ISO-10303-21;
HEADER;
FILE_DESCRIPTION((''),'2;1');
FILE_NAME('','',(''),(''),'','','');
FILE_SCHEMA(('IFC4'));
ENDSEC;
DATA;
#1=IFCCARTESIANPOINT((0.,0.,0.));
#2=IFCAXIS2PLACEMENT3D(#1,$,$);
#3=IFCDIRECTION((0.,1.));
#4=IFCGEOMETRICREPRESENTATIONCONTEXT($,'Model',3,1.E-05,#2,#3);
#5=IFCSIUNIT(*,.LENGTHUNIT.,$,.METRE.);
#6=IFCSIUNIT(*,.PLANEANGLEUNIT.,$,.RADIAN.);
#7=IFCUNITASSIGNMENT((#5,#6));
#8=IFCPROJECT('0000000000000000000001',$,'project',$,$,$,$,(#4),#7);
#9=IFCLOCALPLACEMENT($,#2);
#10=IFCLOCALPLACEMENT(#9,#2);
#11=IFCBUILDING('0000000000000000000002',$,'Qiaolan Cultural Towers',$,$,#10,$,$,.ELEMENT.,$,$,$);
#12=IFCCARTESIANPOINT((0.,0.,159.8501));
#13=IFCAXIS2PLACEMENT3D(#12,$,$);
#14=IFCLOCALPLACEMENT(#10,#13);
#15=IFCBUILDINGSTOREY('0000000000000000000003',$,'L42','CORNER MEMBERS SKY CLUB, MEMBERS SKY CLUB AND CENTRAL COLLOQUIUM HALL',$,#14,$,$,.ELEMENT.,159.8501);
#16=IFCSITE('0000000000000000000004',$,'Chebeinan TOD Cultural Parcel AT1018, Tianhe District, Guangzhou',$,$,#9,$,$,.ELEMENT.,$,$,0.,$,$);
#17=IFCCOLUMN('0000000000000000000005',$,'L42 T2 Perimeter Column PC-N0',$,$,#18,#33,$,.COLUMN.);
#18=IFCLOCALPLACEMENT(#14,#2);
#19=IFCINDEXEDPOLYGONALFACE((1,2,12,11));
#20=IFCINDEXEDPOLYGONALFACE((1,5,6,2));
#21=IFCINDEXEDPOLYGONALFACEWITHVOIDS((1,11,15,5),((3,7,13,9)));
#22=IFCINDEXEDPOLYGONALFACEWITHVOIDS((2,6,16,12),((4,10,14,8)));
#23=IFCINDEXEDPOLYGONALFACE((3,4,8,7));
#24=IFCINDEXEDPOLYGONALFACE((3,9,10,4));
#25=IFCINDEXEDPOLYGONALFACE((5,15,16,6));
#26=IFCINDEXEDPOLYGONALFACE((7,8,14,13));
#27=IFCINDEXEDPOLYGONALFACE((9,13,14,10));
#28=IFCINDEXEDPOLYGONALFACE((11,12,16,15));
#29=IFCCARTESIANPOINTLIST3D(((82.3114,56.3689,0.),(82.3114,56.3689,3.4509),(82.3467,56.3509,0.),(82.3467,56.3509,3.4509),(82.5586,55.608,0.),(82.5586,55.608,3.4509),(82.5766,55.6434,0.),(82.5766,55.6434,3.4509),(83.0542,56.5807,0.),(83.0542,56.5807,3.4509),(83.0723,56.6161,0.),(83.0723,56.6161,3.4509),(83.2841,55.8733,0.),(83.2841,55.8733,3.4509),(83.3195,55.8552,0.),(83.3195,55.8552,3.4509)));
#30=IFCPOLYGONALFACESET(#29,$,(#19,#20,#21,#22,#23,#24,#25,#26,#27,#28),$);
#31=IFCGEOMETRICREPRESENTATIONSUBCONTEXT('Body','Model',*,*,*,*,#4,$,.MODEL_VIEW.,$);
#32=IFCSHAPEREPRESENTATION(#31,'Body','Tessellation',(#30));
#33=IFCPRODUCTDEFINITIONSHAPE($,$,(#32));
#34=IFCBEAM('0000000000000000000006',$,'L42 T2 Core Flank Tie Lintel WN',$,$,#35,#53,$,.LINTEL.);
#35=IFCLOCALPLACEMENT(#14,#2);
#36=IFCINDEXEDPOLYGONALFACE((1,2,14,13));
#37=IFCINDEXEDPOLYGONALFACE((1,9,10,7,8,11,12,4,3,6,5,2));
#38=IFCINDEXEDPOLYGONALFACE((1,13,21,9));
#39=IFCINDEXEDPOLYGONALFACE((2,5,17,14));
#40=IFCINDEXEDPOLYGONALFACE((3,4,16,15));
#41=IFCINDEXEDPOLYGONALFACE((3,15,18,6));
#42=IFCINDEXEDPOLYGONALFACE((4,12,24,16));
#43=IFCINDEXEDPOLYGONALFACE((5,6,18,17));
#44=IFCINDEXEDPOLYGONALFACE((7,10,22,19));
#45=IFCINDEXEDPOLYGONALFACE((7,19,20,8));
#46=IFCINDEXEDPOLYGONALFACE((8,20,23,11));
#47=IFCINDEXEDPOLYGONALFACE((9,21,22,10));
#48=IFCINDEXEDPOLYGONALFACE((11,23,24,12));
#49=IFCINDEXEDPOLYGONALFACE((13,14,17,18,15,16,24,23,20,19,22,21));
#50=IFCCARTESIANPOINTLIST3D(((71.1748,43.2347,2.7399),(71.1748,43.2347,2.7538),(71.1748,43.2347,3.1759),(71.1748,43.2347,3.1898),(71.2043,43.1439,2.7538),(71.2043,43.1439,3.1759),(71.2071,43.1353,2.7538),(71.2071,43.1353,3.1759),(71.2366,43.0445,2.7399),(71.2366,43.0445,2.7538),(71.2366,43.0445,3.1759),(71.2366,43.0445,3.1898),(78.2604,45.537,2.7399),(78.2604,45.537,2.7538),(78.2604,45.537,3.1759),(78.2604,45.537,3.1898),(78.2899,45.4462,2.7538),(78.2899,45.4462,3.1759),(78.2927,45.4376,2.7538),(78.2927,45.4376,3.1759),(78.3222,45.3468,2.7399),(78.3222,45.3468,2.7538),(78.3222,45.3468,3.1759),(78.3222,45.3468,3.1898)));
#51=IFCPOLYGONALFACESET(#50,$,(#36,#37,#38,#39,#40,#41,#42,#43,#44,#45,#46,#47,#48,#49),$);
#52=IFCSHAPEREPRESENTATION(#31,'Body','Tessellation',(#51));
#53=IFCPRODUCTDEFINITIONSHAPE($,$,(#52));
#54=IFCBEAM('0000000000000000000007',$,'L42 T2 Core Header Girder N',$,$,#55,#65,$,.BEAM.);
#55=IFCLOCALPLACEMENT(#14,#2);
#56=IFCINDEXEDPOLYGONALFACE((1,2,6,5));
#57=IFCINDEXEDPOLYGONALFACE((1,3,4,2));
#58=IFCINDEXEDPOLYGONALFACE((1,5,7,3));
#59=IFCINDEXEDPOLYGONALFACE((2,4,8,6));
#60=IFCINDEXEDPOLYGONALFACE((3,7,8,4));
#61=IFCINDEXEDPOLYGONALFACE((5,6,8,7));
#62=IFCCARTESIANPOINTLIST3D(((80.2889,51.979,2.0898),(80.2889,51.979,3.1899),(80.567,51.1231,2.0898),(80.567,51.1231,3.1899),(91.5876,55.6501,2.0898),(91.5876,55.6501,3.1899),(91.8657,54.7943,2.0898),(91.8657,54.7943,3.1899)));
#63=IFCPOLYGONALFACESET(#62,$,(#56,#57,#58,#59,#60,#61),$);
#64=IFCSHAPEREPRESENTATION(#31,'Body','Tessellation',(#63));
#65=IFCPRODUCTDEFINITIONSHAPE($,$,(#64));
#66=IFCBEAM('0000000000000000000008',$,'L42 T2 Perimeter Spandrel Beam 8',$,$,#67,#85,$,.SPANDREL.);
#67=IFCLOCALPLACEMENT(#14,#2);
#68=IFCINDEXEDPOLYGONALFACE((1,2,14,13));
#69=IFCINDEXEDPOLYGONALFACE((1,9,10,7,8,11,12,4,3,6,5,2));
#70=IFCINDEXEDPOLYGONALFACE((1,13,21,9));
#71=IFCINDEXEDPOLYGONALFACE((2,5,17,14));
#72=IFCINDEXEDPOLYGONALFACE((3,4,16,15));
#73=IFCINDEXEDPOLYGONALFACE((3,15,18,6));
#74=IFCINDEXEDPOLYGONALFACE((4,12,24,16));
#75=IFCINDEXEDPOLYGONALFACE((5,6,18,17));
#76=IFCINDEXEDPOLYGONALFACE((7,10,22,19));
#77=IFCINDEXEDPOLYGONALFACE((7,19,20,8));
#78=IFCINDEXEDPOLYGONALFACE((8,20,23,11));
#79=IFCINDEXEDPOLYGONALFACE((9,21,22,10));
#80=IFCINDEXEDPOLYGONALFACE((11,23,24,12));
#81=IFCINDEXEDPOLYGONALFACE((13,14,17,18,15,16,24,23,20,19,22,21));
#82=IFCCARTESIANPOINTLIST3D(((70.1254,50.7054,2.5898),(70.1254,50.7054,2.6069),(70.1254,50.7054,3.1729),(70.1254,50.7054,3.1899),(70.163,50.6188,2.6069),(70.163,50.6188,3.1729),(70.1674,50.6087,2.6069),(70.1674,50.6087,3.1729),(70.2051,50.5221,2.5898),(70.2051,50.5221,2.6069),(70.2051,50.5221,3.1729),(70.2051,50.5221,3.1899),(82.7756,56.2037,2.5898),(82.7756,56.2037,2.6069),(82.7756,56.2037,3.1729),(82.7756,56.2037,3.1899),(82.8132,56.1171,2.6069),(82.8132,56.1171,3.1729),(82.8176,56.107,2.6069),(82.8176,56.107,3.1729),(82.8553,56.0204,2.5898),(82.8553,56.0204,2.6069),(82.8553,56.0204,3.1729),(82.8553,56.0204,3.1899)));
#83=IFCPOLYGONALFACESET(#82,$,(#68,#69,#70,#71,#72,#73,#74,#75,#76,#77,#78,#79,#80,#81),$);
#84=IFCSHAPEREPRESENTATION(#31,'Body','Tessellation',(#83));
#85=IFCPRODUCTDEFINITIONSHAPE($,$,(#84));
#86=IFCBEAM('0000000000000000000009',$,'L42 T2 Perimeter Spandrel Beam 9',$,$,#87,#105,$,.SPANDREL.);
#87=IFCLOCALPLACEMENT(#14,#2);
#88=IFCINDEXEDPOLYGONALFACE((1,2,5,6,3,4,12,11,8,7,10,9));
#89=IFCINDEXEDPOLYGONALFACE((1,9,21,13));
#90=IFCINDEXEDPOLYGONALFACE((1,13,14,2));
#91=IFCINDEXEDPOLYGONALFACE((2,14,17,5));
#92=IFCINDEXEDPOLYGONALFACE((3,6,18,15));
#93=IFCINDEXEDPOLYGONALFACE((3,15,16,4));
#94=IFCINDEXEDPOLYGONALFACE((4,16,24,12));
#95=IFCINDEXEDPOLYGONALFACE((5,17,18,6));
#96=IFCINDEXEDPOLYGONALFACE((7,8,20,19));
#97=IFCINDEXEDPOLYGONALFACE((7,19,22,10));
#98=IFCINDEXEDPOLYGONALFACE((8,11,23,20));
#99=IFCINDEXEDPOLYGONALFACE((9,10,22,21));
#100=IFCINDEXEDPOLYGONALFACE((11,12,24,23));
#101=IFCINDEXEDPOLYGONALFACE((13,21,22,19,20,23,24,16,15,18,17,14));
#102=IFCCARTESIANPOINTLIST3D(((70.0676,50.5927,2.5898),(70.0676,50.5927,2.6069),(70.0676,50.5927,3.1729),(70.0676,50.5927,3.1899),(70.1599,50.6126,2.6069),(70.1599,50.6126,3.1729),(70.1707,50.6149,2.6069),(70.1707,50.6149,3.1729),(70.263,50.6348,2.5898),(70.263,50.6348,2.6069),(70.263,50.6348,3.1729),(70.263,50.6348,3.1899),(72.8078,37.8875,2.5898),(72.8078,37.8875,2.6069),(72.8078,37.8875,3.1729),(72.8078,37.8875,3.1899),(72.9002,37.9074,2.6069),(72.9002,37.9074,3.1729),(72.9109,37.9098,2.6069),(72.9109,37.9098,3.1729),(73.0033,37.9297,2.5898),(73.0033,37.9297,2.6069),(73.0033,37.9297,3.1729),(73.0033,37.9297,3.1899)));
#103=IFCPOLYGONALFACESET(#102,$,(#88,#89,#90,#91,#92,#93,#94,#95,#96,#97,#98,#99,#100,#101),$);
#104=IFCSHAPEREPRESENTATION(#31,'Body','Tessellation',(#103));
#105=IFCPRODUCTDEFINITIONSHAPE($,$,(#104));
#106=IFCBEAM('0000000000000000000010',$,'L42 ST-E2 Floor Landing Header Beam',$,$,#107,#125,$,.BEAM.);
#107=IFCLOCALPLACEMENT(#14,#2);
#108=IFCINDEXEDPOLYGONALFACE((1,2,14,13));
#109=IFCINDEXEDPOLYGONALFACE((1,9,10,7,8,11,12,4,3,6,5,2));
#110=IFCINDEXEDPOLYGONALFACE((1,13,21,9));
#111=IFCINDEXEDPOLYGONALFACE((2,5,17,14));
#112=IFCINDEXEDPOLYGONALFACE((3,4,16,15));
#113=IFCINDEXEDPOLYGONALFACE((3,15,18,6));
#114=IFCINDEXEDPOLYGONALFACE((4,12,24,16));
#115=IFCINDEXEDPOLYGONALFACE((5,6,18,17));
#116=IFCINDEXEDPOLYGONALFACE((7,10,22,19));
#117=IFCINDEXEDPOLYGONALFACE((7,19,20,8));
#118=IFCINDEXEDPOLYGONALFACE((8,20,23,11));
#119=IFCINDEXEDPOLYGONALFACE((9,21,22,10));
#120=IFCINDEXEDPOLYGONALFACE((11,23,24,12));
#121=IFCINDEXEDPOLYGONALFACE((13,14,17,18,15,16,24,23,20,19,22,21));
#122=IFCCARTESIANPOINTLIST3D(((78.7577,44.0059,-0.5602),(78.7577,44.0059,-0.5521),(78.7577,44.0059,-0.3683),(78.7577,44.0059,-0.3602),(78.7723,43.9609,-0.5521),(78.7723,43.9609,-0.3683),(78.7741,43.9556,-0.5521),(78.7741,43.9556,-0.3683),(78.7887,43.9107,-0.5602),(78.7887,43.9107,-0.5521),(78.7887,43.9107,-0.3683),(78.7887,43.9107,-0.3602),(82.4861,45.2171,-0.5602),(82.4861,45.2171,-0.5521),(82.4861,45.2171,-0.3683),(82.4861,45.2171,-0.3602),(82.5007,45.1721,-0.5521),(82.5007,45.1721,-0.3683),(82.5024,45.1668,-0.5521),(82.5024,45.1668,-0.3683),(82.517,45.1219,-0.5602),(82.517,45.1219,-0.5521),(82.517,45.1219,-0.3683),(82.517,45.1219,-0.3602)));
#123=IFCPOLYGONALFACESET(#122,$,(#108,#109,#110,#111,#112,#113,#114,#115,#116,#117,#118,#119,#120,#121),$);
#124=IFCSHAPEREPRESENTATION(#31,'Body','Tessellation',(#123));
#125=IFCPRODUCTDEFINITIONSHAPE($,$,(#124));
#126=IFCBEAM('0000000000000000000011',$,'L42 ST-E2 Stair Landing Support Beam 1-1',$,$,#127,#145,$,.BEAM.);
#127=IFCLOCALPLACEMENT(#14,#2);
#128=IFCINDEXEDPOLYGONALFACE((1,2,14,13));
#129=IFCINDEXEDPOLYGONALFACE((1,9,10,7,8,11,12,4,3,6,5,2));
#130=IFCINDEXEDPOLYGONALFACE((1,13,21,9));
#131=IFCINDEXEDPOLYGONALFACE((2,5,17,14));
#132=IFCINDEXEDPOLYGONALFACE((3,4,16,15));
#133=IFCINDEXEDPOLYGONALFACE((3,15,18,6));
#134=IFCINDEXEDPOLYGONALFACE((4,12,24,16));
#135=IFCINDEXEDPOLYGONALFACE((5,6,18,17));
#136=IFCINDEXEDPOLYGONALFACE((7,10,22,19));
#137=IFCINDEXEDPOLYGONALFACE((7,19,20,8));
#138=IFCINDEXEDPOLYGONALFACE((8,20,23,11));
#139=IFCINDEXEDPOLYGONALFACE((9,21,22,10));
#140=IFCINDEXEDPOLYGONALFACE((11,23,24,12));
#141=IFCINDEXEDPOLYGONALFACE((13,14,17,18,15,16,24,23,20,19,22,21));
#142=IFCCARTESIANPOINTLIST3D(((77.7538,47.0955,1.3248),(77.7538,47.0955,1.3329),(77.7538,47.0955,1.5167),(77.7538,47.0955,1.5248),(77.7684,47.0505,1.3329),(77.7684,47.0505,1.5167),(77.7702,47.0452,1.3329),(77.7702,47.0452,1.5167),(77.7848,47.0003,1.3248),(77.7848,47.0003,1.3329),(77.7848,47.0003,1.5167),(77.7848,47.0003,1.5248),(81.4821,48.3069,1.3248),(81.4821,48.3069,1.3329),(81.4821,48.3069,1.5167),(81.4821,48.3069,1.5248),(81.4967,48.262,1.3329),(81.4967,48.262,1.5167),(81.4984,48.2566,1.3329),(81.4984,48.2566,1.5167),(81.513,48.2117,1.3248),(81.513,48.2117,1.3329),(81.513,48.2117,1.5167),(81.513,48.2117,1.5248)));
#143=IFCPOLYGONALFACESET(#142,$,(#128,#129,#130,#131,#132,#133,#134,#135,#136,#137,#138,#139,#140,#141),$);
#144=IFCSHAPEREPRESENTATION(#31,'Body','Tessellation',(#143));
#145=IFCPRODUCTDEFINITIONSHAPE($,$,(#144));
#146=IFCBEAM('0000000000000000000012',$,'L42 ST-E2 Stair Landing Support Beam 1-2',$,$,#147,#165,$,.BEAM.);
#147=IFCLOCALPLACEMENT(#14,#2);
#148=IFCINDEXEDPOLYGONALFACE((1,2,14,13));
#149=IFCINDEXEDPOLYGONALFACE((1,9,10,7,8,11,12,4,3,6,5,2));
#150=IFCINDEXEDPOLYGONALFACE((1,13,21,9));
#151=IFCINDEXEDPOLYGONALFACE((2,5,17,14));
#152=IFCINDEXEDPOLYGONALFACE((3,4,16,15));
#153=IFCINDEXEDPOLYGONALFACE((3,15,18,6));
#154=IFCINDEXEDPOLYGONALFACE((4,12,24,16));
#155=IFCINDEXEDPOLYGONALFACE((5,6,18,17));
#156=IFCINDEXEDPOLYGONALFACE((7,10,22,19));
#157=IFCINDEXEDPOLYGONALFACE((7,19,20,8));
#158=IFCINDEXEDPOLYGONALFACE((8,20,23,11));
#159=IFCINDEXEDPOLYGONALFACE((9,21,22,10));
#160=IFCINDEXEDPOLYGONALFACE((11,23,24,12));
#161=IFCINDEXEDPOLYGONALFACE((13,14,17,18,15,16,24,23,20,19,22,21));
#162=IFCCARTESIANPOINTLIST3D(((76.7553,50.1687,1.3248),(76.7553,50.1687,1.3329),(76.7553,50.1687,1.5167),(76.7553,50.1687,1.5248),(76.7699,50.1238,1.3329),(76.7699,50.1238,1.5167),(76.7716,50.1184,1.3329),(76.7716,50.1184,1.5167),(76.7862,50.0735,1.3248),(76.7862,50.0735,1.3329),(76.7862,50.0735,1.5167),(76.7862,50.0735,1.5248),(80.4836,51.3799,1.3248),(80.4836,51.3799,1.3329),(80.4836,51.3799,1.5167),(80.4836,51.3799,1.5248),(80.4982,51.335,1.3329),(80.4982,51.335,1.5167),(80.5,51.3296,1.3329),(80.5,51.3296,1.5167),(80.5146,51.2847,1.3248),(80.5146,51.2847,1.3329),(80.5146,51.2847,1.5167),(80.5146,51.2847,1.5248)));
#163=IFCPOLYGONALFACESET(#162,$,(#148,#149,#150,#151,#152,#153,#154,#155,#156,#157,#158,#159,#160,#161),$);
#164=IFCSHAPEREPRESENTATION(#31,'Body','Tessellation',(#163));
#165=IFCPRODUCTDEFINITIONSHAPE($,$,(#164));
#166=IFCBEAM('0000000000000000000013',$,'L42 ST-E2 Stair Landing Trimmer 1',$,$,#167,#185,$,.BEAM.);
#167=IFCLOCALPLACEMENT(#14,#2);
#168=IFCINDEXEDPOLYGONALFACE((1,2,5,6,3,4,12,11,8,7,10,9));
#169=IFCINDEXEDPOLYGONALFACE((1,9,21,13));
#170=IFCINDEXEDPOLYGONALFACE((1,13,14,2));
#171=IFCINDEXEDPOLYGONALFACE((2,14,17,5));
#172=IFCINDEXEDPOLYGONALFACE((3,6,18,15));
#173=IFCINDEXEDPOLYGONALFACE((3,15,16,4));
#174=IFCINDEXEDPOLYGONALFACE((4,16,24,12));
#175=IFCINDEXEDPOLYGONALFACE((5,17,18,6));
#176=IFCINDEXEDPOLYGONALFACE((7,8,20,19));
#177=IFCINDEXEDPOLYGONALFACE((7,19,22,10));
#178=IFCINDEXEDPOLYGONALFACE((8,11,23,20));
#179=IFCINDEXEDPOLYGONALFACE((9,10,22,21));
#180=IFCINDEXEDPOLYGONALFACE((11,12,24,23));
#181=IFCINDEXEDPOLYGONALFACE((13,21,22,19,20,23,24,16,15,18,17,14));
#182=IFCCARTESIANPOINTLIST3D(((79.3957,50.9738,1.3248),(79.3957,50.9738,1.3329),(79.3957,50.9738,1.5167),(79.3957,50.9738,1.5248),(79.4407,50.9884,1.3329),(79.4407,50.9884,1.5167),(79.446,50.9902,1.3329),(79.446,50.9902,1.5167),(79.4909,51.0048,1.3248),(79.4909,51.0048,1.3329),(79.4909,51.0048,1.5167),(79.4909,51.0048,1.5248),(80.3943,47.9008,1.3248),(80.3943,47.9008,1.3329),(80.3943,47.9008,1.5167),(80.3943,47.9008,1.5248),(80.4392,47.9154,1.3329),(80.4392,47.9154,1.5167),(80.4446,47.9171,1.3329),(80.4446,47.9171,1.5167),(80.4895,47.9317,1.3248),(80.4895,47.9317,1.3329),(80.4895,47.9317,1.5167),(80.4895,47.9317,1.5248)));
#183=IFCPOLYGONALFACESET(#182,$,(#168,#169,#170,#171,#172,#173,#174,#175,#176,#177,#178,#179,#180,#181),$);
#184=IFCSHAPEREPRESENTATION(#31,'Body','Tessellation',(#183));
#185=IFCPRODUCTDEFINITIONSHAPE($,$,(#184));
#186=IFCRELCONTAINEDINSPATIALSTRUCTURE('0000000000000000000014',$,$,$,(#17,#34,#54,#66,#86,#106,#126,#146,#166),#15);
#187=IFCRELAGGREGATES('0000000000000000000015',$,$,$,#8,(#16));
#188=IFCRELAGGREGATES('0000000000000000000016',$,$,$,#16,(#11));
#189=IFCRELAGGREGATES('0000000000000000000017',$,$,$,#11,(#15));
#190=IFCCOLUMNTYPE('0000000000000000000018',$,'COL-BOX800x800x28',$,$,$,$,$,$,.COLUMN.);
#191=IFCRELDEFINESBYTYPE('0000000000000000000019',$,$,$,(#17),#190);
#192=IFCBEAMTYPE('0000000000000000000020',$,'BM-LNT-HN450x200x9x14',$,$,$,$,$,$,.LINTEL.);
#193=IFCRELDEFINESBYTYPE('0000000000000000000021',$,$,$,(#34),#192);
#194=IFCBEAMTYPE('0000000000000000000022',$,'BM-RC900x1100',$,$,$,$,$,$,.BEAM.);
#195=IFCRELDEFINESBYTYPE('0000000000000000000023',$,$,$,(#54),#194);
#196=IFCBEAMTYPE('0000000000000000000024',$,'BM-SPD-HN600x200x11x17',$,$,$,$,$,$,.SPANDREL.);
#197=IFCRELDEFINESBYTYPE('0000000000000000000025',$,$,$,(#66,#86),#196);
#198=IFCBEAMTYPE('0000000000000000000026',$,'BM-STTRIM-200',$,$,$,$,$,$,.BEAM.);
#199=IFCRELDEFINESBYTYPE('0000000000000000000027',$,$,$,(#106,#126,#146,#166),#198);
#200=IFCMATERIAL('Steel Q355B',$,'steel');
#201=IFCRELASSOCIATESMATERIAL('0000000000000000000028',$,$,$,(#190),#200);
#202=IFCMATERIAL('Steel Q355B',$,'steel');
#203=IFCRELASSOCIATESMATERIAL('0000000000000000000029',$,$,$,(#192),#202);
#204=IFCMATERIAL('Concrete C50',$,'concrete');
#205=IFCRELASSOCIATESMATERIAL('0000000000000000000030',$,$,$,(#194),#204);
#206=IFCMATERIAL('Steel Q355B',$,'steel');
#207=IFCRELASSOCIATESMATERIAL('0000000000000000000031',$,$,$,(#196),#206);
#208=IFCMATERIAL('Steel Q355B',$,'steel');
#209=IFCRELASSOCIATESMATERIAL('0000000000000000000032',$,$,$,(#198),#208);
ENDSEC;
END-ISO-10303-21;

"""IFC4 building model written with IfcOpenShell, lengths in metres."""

from ifc_helpers import new_model, si_unit, direction, frame, origin, origin_2d, place, context, subcontext, project, spatial, rectangle, hollow_rectangle, i_section, extrude, material, material_profile, profile_set, type_object, element, save


model = new_model("IFC4")

# Units and contexts
model_context = context("Model", 3, precision=1e-05, world=origin(), true_north=direction((0.0, 1.0)))
body_context = subcontext(model_context, "Body", "Model", "MODEL_VIEW")
ifc_project = project(units=[si_unit("LENGTHUNIT", "METRE"), si_unit("PLANEANGLEUNIT", "RADIAN")], contexts=[model_context])

# Site, building, storey
site_placement = place(None, origin())
site = spatial("IfcSite", under=ifc_project, at=site_placement, Name="Chebeinan TOD Cultural Parcel AT1018, Tianhe District, Guangzhou", CompositionType="ELEMENT", RefElevation=0.0)
building_placement = place(site_placement, origin())
building = spatial("IfcBuilding", under=site, at=building_placement, Name="Qiaolan Cultural Towers", CompositionType="ELEMENT")
storey_placement = place(building_placement, frame((0.0, 0.0, 159.8501)))
storey = spatial("IfcBuildingStorey", under=building, at=storey_placement, Name="L42", Description="CORNER MEMBERS SKY CLUB, MEMBERS SKY CLUB AND CENTRAL COLLOQUIUM HALL", CompositionType="ELEMENT", Elevation=159.8501)

# Column
ifc_material_1 = material(Name="Steel Q355B", Category="steel")
ifc_material_profile_1 = material_profile(ifc_material_1, hollow_rectangle(XDim=0.8, YDim=0.8, WallThickness=0.0281, at=origin_2d()), Name="BOX800x800x28")
ifc_profile_set_1 = profile_set([ifc_material_profile_1], Name="Steel Q355B")
column_type = type_object("IfcColumnType", Name="COL-BOX800x800x28", PredefinedType="COLUMN", material=ifc_profile_set_1)
column_placement = place(storey_placement, frame((82.8154, 56.1121, 0.0), z_axis=(0.0, 0.0, 1.0), x_axis=(0.951057, 0.309017, 0.0)))
element("IfcColumn", 1, at=column_placement, inside=storey, type_object=column_type, Name="L42 T2 Perimeter Column PC-N0", PredefinedType="COLUMN", context=body_context, shape_type="SweptSolid", body=[
    extrude(hollow_rectangle(XDim=0.8, YDim=0.8, WallThickness=0.0281, at=origin_2d()), origin(), (0.0, 0.0, 1.0), 3.4509),
])

# Beams
ifc_material_2 = material(Name="Steel Q355B", Category="steel")
ifc_material_profile_2 = material_profile(ifc_material_2, i_section(OverallWidth=0.2, OverallDepth=0.45, WebThickness=0.009, FlangeThickness=0.0139, at=origin_2d()), Name="HN450x200x9x14")
ifc_profile_set_2 = profile_set([ifc_material_profile_2], Name="Steel Q355B")
beam_type_1 = type_object("IfcBeamType", Name="BM-LNT-HN450x200x9x14", PredefinedType="LINTEL", material=ifc_profile_set_2)
beam_1_placement = place(storey_placement, frame((78.2913, 45.4419, 2.9648), z_axis=(-0.951055, -0.309022, 0.0), x_axis=(0.309022, -0.951055, 0.0)))
element("IfcBeam", 2, at=beam_1_placement, inside=storey, type_object=beam_type_1, Name="L42 T2 Core Flank Tie Lintel WN", PredefinedType="LINTEL", context=body_context, shape_type="SweptSolid", body=[
    extrude(i_section(OverallWidth=0.2, OverallDepth=0.45, WebThickness=0.009, FlangeThickness=0.0139, at=origin_2d()), origin(), (0.0, 0.0, 1.0), 7.4502),
])
ifc_material_3 = material(Name="Concrete C50", Category="concrete")
ifc_material_profile_3 = material_profile(ifc_material_3, rectangle(XDim=0.8999, YDim=1.1001, at=origin_2d()), Name="RC900x1100")
ifc_profile_set_3 = profile_set([ifc_material_profile_3], Name="Concrete C50")
beam_type_2 = type_object("IfcBeamType", Name="BM-RC900x1100", PredefinedType="BEAM", material=ifc_profile_set_3)
beam_2_placement = place(storey_placement, frame((80.428, 51.551, 2.6399), z_axis=(0.951056, 0.309018, 0.0), x_axis=(-0.309018, 0.951056, 0.0)))
element("IfcBeam", 3, at=beam_2_placement, inside=storey, type_object=beam_type_2, Name="L42 T2 Core Header Girder N", PredefinedType="BEAM", context=body_context, shape_type="SweptSolid", body=[
    extrude(rectangle(XDim=0.8999, YDim=1.1001, at=origin_2d()), origin(), (0.0, 0.0, 1.0), 11.8801),
])
ifc_material_4 = material(Name="Steel Q355B", Category="steel")
ifc_material_profile_4 = material_profile(ifc_material_4, i_section(OverallWidth=0.2, OverallDepth=0.6001, WebThickness=0.011, FlangeThickness=0.0171, at=origin_2d()), Name="HN600x200x11x17")
ifc_profile_set_4 = profile_set([ifc_material_profile_4], Name="Steel Q355B")
beam_type_3 = type_object("IfcBeamType", Name="BM-SPD-HN600x200x11x17", PredefinedType="SPANDREL", material=ifc_profile_set_4)
beam_3_placement = place(storey_placement, frame((82.8154, 56.1121, 2.8899), z_axis=(-0.917117, -0.398618, 0.0), x_axis=(0.398618, -0.917117, 0.0)))
element("IfcBeam", 4, at=beam_3_placement, inside=storey, type_object=beam_type_3, Name="L42 T2 Perimeter Spandrel Beam 8", PredefinedType="SPANDREL", context=body_context, shape_type="SweptSolid", body=[
    extrude(i_section(OverallWidth=0.2, OverallDepth=0.6001, WebThickness=0.011, FlangeThickness=0.0171, at=origin_2d()), origin(), (0.0, 0.0, 1.0), 13.7935),
])
beam_4_placement = place(storey_placement, frame((70.1653, 50.6138, 2.8899), z_axis=(0.210832, -0.977522, 0.0), x_axis=(0.977522, 0.210832, 0.0)))
element("IfcBeam", 5, at=beam_4_placement, inside=storey, type_object=beam_type_3, Name="L42 T2 Perimeter Spandrel Beam 9", PredefinedType="SPANDREL", context=body_context, shape_type="SweptSolid", body=[
    extrude(i_section(OverallWidth=0.2, OverallDepth=0.6001, WebThickness=0.011, FlangeThickness=0.0171, at=origin_2d()), origin(), (0.0, 0.0, 1.0), 12.9973),
])
ifc_material_5 = material(Name="Steel Q355B", Category="steel")
ifc_material_profile_5 = material_profile(ifc_material_5, i_section(OverallWidth=0.1001, OverallDepth=0.2, WebThickness=0.0056, FlangeThickness=0.0081, at=origin_2d()), Name="HN200x100x5.5x8")
ifc_profile_set_5 = profile_set([ifc_material_profile_5], Name="Steel Q355B")
beam_type_4 = type_object("IfcBeamType", Name="BM-STTRIM-200", PredefinedType="BEAM", material=ifc_profile_set_5)
for number, where, z_axis, x_axis, name in (
    (6, (78.7732, 43.9583, -0.4602), (0.951072, 0.308969, 0.0), (-0.308969, 0.951072, 0.0), "L42 ST-E2 Floor Landing Header Beam"),
    (7, (77.7693, 47.0479, 1.4248), (0.951054, 0.309026, 0.0), (-0.309026, 0.951054, 0.0), "L42 ST-E2 Stair Landing Support Beam 1-1"),
    (8, (76.7708, 50.1211, 1.4248), (0.951072, 0.308969, 0.0), (-0.308969, 0.951072, 0.0), "L42 ST-E2 Stair Landing Support Beam 1-2"),
):
    element("IfcBeam", number, at=place(storey_placement, frame(where, z_axis=z_axis, x_axis=x_axis)), inside=storey, type_object=beam_type_4, Name=name, PredefinedType="BEAM", context=body_context, shape_type="SweptSolid", body=[
        extrude(i_section(OverallWidth=0.1001, OverallDepth=0.2, WebThickness=0.0056, FlangeThickness=0.0081, at=origin_2d()), origin(), (0.0, 0.0, 1.0), 3.9202),
    ])
beam_5_placement = place(storey_placement, frame((80.4419, 47.9163, 1.4248), z_axis=(-0.309033, 0.951051, 0.0), x_axis=(-0.951051, -0.309033, 0.0)))
element("IfcBeam", 9, at=beam_5_placement, inside=storey, type_object=beam_type_4, Name="L42 ST-E2 Stair Landing Trimmer 1", PredefinedType="BEAM", context=body_context, shape_type="SweptSolid", body=[
    extrude(i_section(OverallWidth=0.1001, OverallDepth=0.2, WebThickness=0.0056, FlangeThickness=0.0081, at=origin_2d()), origin(), (0.0, 0.0, 1.0), 3.2312),
])

save(model, "model.ifc")
